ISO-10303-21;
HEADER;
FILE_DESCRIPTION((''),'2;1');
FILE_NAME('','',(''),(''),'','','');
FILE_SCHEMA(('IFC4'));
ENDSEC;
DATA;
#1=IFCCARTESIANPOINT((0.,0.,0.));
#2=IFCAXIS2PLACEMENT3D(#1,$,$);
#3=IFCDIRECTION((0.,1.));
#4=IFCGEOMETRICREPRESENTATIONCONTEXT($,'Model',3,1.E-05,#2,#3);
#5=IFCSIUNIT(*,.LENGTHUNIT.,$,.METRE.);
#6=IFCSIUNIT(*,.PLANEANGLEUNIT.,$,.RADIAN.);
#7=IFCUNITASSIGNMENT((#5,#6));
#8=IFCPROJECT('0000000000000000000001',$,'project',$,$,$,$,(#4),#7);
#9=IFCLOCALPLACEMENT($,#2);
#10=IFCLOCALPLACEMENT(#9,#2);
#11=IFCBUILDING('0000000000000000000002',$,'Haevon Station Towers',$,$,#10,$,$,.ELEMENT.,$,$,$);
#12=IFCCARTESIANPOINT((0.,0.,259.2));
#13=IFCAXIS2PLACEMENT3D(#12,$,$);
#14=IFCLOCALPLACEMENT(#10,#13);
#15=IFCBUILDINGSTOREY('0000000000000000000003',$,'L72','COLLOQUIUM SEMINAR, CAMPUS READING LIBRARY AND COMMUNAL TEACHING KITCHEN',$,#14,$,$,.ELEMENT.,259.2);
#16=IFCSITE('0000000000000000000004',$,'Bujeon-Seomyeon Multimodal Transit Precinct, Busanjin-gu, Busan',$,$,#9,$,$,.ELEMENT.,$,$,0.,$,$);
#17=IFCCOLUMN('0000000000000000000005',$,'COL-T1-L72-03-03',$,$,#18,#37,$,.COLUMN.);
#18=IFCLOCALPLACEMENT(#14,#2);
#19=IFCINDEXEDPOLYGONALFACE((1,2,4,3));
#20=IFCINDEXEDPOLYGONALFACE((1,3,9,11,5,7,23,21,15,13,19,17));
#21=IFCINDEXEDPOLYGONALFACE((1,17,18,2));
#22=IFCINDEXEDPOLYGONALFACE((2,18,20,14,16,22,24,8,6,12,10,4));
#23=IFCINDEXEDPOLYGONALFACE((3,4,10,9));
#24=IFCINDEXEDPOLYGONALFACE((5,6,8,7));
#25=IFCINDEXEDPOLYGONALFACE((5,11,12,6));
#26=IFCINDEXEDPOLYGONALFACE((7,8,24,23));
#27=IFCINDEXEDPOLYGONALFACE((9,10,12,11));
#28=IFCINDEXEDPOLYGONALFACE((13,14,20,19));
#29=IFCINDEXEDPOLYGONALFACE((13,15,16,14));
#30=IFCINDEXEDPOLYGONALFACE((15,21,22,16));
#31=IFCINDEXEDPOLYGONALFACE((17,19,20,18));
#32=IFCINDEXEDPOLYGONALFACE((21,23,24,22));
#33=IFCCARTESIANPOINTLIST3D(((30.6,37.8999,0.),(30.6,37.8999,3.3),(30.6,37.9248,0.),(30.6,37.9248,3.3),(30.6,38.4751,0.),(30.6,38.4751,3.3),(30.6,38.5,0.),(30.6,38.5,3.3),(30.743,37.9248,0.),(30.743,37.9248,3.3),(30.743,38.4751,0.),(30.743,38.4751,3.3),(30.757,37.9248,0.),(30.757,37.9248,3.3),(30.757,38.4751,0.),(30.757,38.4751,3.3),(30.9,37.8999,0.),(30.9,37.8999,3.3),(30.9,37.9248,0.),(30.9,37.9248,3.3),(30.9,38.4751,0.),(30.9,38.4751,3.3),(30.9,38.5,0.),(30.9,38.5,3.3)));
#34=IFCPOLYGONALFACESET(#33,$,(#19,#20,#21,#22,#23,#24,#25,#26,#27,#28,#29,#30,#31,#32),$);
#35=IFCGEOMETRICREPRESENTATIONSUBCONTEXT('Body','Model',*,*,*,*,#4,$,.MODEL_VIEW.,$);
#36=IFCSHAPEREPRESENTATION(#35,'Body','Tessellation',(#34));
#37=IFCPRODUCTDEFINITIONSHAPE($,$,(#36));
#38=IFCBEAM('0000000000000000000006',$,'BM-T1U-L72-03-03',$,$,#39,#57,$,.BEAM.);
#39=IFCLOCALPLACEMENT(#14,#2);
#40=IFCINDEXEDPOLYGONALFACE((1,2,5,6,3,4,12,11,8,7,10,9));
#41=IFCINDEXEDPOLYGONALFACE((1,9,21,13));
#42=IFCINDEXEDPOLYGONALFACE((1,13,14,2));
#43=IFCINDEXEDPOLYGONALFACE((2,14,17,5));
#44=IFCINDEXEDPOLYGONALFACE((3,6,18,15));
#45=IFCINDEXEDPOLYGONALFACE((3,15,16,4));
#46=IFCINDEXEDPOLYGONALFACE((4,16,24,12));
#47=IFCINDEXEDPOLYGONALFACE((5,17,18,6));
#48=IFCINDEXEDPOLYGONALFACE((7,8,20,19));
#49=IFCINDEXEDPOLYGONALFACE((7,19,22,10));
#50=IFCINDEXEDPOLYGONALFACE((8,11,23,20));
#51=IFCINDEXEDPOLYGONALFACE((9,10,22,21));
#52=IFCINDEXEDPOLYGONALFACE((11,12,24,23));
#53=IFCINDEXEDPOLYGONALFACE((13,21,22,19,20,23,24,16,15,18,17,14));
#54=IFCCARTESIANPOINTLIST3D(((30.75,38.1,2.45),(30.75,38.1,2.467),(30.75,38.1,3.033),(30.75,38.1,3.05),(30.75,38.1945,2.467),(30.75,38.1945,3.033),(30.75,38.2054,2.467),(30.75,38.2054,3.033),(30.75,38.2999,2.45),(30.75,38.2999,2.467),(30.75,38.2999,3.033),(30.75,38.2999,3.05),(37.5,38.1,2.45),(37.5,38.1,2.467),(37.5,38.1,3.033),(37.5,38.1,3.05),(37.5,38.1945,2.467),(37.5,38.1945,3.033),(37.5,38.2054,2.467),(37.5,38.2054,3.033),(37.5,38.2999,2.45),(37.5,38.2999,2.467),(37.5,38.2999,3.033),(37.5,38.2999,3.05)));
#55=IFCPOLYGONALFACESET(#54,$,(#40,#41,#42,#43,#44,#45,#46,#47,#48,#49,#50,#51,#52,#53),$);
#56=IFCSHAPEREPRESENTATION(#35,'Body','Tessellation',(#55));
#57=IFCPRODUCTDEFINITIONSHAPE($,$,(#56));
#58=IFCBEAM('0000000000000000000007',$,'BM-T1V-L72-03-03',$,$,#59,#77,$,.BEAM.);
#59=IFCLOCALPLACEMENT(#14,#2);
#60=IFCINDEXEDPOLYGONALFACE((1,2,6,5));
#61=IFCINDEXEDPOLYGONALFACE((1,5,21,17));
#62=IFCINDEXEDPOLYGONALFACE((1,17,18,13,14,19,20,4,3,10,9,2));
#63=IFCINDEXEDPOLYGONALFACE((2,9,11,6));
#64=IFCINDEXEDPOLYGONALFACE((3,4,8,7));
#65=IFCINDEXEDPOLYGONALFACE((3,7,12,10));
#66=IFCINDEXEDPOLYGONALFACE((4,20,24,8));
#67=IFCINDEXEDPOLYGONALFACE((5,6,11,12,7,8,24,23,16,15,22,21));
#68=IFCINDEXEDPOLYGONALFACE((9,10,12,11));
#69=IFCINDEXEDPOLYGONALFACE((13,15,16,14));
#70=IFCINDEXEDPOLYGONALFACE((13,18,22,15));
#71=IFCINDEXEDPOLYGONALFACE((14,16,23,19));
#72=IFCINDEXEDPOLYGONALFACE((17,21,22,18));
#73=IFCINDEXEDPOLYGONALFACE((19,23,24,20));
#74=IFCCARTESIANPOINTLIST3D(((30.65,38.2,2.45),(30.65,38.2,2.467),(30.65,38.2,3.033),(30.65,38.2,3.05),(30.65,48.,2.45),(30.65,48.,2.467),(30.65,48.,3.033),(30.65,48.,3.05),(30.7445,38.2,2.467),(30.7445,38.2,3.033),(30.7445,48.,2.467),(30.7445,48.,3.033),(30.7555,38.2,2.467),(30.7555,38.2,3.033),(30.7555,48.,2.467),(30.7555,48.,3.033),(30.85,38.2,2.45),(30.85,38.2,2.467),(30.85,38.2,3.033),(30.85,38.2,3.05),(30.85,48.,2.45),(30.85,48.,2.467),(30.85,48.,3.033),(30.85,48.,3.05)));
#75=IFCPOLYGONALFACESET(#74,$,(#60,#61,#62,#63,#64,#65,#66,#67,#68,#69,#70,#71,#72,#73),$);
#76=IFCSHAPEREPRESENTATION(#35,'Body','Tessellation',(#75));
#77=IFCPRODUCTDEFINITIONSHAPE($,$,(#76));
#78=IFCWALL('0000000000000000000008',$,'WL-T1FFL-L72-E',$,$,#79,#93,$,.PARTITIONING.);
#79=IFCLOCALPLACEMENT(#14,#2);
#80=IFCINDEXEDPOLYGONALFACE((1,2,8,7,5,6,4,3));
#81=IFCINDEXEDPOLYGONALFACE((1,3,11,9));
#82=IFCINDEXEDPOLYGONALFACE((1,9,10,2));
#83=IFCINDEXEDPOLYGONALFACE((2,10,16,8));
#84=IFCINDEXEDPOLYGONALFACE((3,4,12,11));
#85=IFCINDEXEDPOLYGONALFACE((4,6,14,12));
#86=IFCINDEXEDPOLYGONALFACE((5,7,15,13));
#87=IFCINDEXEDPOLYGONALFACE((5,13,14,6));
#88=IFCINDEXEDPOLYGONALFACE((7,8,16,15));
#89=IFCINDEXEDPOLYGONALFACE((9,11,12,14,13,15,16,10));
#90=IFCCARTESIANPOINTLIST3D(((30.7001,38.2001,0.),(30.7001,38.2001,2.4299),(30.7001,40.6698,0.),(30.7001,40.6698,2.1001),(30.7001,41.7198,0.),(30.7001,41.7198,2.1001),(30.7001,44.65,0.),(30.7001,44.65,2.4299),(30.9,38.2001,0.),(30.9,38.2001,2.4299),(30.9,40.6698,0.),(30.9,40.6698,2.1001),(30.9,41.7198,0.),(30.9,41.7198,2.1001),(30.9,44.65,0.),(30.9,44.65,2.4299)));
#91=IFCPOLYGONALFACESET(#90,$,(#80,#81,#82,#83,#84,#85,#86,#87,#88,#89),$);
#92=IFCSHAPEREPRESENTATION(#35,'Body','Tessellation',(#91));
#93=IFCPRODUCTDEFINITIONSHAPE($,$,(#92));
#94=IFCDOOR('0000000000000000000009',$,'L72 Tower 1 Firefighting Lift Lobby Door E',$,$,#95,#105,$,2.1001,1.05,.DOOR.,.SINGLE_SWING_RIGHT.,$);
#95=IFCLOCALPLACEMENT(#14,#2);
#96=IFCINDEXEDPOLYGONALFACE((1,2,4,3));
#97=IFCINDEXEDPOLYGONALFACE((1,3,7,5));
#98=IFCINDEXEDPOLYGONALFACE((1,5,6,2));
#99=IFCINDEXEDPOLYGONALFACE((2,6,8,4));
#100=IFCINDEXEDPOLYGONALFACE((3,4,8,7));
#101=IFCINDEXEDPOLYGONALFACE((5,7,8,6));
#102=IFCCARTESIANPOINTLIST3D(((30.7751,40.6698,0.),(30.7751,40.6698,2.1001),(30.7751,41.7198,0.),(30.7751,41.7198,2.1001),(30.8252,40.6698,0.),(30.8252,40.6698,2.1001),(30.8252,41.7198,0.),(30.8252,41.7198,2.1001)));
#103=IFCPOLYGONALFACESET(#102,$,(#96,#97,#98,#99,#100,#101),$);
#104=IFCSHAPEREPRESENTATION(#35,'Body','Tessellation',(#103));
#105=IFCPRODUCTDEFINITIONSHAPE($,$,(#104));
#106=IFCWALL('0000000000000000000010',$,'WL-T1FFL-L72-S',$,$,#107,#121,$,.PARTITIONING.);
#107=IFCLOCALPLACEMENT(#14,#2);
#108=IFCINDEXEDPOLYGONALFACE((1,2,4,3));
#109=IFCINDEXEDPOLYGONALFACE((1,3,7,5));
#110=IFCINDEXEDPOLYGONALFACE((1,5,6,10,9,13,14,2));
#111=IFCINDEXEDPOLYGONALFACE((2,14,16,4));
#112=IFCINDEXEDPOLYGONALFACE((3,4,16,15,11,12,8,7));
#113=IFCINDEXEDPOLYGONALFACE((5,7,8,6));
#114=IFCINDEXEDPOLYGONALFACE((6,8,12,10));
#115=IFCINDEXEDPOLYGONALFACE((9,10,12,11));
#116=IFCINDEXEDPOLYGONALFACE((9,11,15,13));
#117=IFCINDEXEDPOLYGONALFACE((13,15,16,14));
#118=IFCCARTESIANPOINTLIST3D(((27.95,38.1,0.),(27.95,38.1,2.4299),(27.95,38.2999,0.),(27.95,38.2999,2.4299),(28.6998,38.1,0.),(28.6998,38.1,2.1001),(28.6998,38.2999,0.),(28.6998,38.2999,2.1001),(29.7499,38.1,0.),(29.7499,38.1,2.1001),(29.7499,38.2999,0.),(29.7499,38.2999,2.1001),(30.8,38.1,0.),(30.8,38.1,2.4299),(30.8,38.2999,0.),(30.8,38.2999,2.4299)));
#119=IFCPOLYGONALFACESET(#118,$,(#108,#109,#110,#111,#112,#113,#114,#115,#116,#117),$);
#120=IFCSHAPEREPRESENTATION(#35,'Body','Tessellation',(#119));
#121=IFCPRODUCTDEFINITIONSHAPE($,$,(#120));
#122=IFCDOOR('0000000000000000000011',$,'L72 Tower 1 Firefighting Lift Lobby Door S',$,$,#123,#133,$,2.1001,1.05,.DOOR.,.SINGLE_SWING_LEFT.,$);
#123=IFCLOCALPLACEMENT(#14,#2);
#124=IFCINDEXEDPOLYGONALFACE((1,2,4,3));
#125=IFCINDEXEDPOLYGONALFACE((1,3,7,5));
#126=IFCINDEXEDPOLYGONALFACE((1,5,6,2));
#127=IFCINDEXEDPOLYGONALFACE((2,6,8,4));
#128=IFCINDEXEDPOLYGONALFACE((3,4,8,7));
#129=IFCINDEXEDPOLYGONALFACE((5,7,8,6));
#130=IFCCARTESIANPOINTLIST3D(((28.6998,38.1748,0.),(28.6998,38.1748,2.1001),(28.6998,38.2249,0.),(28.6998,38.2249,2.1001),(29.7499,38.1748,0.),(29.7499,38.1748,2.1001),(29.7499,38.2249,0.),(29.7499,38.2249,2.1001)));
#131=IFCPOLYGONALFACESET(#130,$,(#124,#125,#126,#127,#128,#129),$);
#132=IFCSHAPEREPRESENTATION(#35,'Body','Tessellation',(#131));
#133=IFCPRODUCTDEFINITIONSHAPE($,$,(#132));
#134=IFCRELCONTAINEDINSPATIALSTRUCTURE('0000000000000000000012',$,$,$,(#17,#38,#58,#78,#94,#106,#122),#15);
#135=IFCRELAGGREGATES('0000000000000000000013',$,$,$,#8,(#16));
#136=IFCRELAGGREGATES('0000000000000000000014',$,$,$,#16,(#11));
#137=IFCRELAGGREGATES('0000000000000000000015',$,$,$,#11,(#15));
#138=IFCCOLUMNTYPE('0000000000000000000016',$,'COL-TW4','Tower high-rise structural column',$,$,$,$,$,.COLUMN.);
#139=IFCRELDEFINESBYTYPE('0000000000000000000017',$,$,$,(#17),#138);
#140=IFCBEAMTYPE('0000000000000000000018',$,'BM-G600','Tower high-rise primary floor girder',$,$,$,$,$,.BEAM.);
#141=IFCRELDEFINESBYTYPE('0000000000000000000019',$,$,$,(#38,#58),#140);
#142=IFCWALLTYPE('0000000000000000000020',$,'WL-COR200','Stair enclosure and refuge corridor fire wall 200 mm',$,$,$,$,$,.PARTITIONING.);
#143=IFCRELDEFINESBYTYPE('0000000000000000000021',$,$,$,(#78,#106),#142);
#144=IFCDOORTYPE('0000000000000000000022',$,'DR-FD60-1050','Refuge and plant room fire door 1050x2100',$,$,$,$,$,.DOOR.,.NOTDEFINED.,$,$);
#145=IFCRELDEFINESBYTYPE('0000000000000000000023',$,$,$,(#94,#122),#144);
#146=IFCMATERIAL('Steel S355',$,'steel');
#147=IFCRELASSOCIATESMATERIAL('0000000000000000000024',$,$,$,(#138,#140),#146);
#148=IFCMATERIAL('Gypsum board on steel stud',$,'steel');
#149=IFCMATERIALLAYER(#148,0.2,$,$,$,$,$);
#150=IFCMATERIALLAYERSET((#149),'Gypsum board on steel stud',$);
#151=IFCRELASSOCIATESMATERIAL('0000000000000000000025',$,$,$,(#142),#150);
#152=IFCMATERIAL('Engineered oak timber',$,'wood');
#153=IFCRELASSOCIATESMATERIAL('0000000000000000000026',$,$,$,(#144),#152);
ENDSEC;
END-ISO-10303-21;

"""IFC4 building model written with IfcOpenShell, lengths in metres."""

from ifc_helpers import new_model, si_unit, direction, frame, frame_2d, origin, origin_2d, place, context, subcontext, project, spatial, rectangle, i_section, extrude, material, layer, layer_set, material_profile, profile_set, type_object, element, fill, save


model = new_model("IFC4")

# Units and contexts
model_context = context("Model", 3, precision=1e-05, world=origin(), true_north=direction((0.0, 1.0)))
body_context = subcontext(model_context, "Body", "Model", "MODEL_VIEW")
ifc_project = project(units=[si_unit("LENGTHUNIT", "METRE"), si_unit("PLANEANGLEUNIT", "RADIAN")], contexts=[model_context])

# Site, building, storey
site_placement = place(None, origin())
site = spatial("IfcSite", under=ifc_project, at=site_placement, Name="Bujeon-Seomyeon Multimodal Transit Precinct, Busanjin-gu, Busan", CompositionType="ELEMENT", RefElevation=0.0)
building_placement = place(site_placement, origin())
building = spatial("IfcBuilding", under=site, at=building_placement, Name="Haevon Station Towers", CompositionType="ELEMENT")
storey_placement = place(building_placement, frame((0.0, 0.0, 259.2)))
storey = spatial("IfcBuildingStorey", under=building, at=storey_placement, Name="L72", Description="COLLOQUIUM SEMINAR, CAMPUS READING LIBRARY AND COMMUNAL TEACHING KITCHEN", CompositionType="ELEMENT", Elevation=259.2)

# Column
ifc_material_1 = material(Name="Steel S355", Category="steel")
ifc_material_profile_1 = material_profile(ifc_material_1, i_section(OverallWidth=0.3, OverallDepth=0.6001, WebThickness=0.0139, FlangeThickness=0.0249, at=origin_2d()), Name="H-600x300x14x25")
ifc_profile_set_1 = profile_set([ifc_material_profile_1], Name="Steel S355")
column_type = type_object("IfcColumnType", Name="COL-TW4", Description="Tower high-rise structural column", PredefinedType="COLUMN", material=ifc_profile_set_1)
column_placement = place(storey_placement, frame((30.75, 38.2, 0.0), z_axis=(0.0, 0.0, 1.0), x_axis=(1.0, 0.0, 0.0)))
element("IfcColumn", 1, at=column_placement, inside=storey, type_object=column_type, Name="COL-T1-L72-03-03", PredefinedType="COLUMN", context=body_context, shape_type="SweptSolid", body=[
    extrude(i_section(OverallWidth=0.3, OverallDepth=0.6001, WebThickness=0.0139, FlangeThickness=0.0249, at=origin_2d()), origin(), (0.0, 0.0, 1.0), 3.3),
])

# Beams
ifc_material_profile_2 = material_profile(ifc_material_1, i_section(OverallWidth=0.2, OverallDepth=0.6001, WebThickness=0.011, FlangeThickness=0.0171, at=origin_2d()), Name="H-600x200x11x17")
ifc_profile_set_2 = profile_set([ifc_material_profile_2], Name="Steel S355")
beam_type = type_object("IfcBeamType", Name="BM-G600", Description="Tower high-rise primary floor girder", PredefinedType="BEAM", material=ifc_profile_set_2)
beam_1_placement = place(storey_placement, frame((30.75, 38.2, 2.75), z_axis=(1.0, 0.0, 0.0), x_axis=(0.0, 1.0, 0.0)))
element("IfcBeam", 2, at=beam_1_placement, inside=storey, type_object=beam_type, Name="BM-T1U-L72-03-03", PredefinedType="BEAM", context=body_context, shape_type="SweptSolid", body=[
    extrude(i_section(OverallWidth=0.2, OverallDepth=0.6001, WebThickness=0.011, FlangeThickness=0.0171, at=origin_2d()), origin(), (0.0, 0.0, 1.0), 6.75),
])
beam_2_placement = place(storey_placement, frame((30.75, 38.2, 2.75), z_axis=(0.0, 1.0, 0.0), x_axis=(-1.0, 0.0, 0.0)))
element("IfcBeam", 3, at=beam_2_placement, inside=storey, type_object=beam_type, Name="BM-T1V-L72-03-03", PredefinedType="BEAM", context=body_context, shape_type="SweptSolid", body=[
    extrude(i_section(OverallWidth=0.2, OverallDepth=0.6001, WebThickness=0.011, FlangeThickness=0.0171, at=origin_2d()), origin(), (0.0, 0.0, 1.0), 9.8),
])

# Walls, openings, doors
ifc_material_2 = material(Name="Gypsum board on steel stud", Category="steel")
ifc_layer_1 = layer(ifc_material_2, 0.2)
ifc_layer_set_1 = layer_set([ifc_layer_1], Name="Gypsum board on steel stud")
wall_type_1 = type_object("IfcWallType", Name="WL-COR200", Description="Stair enclosure and refuge corridor fire wall 200 mm", PredefinedType="PARTITIONING", material=ifc_layer_set_1)
wall_1_placement = place(storey_placement, frame((30.8, 38.2, 0.0), z_axis=(0.0, 0.0, 1.0), x_axis=(0.0, 1.0, 0.0)))
wall_1 = element("IfcWall", 4, at=wall_1_placement, inside=storey, type_object=wall_type_1, Name="WL-T1FFL-L72-E", PredefinedType="PARTITIONING", context=body_context, shape_type="SweptSolid", body=[
    extrude(rectangle(XDim=6.45, YDim=0.2, at=frame_2d((3.2251, 0.0))), origin(), (0.0, 0.0, 1.0), 2.4299),
])
opening_1_placement = place(wall_1_placement, frame((2.47, 0.0, 0.0)))
opening_1 = element("IfcOpeningElement", 5, at=opening_1_placement, cuts=wall_1, PredefinedType="OPENING", context=body_context, shape_type="SweptSolid", body=[
    extrude(rectangle(XDim=1.05, YDim=2.1001, at=frame_2d((0.5249, 1.05))), frame((0.0, 0.1099, 0.0), z_axis=(0.0, -1.0, 0.0), x_axis=(1.0, 0.0, 0.0)), (0.0, 0.0, 1.0), 0.22),
])
ifc_material_3 = material(Name="Engineered oak timber", Category="wood")
door_type_1 = type_object("IfcDoorType", Name="DR-FD60-1050", Description="Refuge and plant room fire door 1050x2100", OperationType="NOTDEFINED", PredefinedType="DOOR", material=ifc_material_3)
door_1_placement = place(opening_1_placement, origin())
door_1 = element("IfcDoor", 6, at=door_1_placement, inside=storey, type_object=door_type_1, Name="L72 Tower 1 Firefighting Lift Lobby Door E", OperationType="SINGLE_SWING_RIGHT", OverallHeight=2.1001, OverallWidth=1.05, PredefinedType="DOOR", context=body_context, shape_type="SweptSolid", body=[
    extrude(rectangle(XDim=1.05, YDim=2.1001, at=frame_2d((0.5249, 1.05))), frame((0.0, 0.0249, 0.0), z_axis=(0.0, -1.0, 0.0), x_axis=(1.0, 0.0, 0.0)), (0.0, 0.0, 1.0), 0.05),
])
fill(opening_1, door_1)
wall_2_placement = place(storey_placement, frame((27.95, 38.2, 0.0), z_axis=(0.0, 0.0, 1.0), x_axis=(1.0, 0.0, 0.0)))
wall_2 = element("IfcWall", 7, at=wall_2_placement, inside=storey, type_object=wall_type_1, Name="WL-T1FFL-L72-S", PredefinedType="PARTITIONING", context=body_context, shape_type="SweptSolid", body=[
    extrude(rectangle(XDim=2.8501, YDim=0.2, at=frame_2d((1.425, 0.0))), origin(), (0.0, 0.0, 1.0), 2.4299),
])
opening_2_placement = place(wall_2_placement, frame((0.75, 0.0, 0.0)))
opening_2 = element("IfcOpeningElement", 8, at=opening_2_placement, cuts=wall_2, PredefinedType="OPENING", context=body_context, shape_type="SweptSolid", body=[
    extrude(rectangle(XDim=1.05, YDim=2.1001, at=frame_2d((0.5249, 1.05))), frame((0.0, 0.1099, 0.0), z_axis=(0.0, -1.0, 0.0), x_axis=(1.0, 0.0, 0.0)), (0.0, 0.0, 1.0), 0.22),
])
door_2_placement = place(opening_2_placement, origin())
door_2 = element("IfcDoor", 9, at=door_2_placement, inside=storey, type_object=door_type_1, Name="L72 Tower 1 Firefighting Lift Lobby Door S", OperationType="SINGLE_SWING_LEFT", OverallHeight=2.1001, OverallWidth=1.05, PredefinedType="DOOR", context=body_context, shape_type="SweptSolid", body=[
    extrude(rectangle(XDim=1.05, YDim=2.1001, at=frame_2d((0.5249, 1.05))), frame((0.0, 0.0249, 0.0), z_axis=(0.0, -1.0, 0.0), x_axis=(1.0, 0.0, 0.0)), (0.0, 0.0, 1.0), 0.05),
])
fill(opening_2, door_2)

save(model, "model.ifc")
